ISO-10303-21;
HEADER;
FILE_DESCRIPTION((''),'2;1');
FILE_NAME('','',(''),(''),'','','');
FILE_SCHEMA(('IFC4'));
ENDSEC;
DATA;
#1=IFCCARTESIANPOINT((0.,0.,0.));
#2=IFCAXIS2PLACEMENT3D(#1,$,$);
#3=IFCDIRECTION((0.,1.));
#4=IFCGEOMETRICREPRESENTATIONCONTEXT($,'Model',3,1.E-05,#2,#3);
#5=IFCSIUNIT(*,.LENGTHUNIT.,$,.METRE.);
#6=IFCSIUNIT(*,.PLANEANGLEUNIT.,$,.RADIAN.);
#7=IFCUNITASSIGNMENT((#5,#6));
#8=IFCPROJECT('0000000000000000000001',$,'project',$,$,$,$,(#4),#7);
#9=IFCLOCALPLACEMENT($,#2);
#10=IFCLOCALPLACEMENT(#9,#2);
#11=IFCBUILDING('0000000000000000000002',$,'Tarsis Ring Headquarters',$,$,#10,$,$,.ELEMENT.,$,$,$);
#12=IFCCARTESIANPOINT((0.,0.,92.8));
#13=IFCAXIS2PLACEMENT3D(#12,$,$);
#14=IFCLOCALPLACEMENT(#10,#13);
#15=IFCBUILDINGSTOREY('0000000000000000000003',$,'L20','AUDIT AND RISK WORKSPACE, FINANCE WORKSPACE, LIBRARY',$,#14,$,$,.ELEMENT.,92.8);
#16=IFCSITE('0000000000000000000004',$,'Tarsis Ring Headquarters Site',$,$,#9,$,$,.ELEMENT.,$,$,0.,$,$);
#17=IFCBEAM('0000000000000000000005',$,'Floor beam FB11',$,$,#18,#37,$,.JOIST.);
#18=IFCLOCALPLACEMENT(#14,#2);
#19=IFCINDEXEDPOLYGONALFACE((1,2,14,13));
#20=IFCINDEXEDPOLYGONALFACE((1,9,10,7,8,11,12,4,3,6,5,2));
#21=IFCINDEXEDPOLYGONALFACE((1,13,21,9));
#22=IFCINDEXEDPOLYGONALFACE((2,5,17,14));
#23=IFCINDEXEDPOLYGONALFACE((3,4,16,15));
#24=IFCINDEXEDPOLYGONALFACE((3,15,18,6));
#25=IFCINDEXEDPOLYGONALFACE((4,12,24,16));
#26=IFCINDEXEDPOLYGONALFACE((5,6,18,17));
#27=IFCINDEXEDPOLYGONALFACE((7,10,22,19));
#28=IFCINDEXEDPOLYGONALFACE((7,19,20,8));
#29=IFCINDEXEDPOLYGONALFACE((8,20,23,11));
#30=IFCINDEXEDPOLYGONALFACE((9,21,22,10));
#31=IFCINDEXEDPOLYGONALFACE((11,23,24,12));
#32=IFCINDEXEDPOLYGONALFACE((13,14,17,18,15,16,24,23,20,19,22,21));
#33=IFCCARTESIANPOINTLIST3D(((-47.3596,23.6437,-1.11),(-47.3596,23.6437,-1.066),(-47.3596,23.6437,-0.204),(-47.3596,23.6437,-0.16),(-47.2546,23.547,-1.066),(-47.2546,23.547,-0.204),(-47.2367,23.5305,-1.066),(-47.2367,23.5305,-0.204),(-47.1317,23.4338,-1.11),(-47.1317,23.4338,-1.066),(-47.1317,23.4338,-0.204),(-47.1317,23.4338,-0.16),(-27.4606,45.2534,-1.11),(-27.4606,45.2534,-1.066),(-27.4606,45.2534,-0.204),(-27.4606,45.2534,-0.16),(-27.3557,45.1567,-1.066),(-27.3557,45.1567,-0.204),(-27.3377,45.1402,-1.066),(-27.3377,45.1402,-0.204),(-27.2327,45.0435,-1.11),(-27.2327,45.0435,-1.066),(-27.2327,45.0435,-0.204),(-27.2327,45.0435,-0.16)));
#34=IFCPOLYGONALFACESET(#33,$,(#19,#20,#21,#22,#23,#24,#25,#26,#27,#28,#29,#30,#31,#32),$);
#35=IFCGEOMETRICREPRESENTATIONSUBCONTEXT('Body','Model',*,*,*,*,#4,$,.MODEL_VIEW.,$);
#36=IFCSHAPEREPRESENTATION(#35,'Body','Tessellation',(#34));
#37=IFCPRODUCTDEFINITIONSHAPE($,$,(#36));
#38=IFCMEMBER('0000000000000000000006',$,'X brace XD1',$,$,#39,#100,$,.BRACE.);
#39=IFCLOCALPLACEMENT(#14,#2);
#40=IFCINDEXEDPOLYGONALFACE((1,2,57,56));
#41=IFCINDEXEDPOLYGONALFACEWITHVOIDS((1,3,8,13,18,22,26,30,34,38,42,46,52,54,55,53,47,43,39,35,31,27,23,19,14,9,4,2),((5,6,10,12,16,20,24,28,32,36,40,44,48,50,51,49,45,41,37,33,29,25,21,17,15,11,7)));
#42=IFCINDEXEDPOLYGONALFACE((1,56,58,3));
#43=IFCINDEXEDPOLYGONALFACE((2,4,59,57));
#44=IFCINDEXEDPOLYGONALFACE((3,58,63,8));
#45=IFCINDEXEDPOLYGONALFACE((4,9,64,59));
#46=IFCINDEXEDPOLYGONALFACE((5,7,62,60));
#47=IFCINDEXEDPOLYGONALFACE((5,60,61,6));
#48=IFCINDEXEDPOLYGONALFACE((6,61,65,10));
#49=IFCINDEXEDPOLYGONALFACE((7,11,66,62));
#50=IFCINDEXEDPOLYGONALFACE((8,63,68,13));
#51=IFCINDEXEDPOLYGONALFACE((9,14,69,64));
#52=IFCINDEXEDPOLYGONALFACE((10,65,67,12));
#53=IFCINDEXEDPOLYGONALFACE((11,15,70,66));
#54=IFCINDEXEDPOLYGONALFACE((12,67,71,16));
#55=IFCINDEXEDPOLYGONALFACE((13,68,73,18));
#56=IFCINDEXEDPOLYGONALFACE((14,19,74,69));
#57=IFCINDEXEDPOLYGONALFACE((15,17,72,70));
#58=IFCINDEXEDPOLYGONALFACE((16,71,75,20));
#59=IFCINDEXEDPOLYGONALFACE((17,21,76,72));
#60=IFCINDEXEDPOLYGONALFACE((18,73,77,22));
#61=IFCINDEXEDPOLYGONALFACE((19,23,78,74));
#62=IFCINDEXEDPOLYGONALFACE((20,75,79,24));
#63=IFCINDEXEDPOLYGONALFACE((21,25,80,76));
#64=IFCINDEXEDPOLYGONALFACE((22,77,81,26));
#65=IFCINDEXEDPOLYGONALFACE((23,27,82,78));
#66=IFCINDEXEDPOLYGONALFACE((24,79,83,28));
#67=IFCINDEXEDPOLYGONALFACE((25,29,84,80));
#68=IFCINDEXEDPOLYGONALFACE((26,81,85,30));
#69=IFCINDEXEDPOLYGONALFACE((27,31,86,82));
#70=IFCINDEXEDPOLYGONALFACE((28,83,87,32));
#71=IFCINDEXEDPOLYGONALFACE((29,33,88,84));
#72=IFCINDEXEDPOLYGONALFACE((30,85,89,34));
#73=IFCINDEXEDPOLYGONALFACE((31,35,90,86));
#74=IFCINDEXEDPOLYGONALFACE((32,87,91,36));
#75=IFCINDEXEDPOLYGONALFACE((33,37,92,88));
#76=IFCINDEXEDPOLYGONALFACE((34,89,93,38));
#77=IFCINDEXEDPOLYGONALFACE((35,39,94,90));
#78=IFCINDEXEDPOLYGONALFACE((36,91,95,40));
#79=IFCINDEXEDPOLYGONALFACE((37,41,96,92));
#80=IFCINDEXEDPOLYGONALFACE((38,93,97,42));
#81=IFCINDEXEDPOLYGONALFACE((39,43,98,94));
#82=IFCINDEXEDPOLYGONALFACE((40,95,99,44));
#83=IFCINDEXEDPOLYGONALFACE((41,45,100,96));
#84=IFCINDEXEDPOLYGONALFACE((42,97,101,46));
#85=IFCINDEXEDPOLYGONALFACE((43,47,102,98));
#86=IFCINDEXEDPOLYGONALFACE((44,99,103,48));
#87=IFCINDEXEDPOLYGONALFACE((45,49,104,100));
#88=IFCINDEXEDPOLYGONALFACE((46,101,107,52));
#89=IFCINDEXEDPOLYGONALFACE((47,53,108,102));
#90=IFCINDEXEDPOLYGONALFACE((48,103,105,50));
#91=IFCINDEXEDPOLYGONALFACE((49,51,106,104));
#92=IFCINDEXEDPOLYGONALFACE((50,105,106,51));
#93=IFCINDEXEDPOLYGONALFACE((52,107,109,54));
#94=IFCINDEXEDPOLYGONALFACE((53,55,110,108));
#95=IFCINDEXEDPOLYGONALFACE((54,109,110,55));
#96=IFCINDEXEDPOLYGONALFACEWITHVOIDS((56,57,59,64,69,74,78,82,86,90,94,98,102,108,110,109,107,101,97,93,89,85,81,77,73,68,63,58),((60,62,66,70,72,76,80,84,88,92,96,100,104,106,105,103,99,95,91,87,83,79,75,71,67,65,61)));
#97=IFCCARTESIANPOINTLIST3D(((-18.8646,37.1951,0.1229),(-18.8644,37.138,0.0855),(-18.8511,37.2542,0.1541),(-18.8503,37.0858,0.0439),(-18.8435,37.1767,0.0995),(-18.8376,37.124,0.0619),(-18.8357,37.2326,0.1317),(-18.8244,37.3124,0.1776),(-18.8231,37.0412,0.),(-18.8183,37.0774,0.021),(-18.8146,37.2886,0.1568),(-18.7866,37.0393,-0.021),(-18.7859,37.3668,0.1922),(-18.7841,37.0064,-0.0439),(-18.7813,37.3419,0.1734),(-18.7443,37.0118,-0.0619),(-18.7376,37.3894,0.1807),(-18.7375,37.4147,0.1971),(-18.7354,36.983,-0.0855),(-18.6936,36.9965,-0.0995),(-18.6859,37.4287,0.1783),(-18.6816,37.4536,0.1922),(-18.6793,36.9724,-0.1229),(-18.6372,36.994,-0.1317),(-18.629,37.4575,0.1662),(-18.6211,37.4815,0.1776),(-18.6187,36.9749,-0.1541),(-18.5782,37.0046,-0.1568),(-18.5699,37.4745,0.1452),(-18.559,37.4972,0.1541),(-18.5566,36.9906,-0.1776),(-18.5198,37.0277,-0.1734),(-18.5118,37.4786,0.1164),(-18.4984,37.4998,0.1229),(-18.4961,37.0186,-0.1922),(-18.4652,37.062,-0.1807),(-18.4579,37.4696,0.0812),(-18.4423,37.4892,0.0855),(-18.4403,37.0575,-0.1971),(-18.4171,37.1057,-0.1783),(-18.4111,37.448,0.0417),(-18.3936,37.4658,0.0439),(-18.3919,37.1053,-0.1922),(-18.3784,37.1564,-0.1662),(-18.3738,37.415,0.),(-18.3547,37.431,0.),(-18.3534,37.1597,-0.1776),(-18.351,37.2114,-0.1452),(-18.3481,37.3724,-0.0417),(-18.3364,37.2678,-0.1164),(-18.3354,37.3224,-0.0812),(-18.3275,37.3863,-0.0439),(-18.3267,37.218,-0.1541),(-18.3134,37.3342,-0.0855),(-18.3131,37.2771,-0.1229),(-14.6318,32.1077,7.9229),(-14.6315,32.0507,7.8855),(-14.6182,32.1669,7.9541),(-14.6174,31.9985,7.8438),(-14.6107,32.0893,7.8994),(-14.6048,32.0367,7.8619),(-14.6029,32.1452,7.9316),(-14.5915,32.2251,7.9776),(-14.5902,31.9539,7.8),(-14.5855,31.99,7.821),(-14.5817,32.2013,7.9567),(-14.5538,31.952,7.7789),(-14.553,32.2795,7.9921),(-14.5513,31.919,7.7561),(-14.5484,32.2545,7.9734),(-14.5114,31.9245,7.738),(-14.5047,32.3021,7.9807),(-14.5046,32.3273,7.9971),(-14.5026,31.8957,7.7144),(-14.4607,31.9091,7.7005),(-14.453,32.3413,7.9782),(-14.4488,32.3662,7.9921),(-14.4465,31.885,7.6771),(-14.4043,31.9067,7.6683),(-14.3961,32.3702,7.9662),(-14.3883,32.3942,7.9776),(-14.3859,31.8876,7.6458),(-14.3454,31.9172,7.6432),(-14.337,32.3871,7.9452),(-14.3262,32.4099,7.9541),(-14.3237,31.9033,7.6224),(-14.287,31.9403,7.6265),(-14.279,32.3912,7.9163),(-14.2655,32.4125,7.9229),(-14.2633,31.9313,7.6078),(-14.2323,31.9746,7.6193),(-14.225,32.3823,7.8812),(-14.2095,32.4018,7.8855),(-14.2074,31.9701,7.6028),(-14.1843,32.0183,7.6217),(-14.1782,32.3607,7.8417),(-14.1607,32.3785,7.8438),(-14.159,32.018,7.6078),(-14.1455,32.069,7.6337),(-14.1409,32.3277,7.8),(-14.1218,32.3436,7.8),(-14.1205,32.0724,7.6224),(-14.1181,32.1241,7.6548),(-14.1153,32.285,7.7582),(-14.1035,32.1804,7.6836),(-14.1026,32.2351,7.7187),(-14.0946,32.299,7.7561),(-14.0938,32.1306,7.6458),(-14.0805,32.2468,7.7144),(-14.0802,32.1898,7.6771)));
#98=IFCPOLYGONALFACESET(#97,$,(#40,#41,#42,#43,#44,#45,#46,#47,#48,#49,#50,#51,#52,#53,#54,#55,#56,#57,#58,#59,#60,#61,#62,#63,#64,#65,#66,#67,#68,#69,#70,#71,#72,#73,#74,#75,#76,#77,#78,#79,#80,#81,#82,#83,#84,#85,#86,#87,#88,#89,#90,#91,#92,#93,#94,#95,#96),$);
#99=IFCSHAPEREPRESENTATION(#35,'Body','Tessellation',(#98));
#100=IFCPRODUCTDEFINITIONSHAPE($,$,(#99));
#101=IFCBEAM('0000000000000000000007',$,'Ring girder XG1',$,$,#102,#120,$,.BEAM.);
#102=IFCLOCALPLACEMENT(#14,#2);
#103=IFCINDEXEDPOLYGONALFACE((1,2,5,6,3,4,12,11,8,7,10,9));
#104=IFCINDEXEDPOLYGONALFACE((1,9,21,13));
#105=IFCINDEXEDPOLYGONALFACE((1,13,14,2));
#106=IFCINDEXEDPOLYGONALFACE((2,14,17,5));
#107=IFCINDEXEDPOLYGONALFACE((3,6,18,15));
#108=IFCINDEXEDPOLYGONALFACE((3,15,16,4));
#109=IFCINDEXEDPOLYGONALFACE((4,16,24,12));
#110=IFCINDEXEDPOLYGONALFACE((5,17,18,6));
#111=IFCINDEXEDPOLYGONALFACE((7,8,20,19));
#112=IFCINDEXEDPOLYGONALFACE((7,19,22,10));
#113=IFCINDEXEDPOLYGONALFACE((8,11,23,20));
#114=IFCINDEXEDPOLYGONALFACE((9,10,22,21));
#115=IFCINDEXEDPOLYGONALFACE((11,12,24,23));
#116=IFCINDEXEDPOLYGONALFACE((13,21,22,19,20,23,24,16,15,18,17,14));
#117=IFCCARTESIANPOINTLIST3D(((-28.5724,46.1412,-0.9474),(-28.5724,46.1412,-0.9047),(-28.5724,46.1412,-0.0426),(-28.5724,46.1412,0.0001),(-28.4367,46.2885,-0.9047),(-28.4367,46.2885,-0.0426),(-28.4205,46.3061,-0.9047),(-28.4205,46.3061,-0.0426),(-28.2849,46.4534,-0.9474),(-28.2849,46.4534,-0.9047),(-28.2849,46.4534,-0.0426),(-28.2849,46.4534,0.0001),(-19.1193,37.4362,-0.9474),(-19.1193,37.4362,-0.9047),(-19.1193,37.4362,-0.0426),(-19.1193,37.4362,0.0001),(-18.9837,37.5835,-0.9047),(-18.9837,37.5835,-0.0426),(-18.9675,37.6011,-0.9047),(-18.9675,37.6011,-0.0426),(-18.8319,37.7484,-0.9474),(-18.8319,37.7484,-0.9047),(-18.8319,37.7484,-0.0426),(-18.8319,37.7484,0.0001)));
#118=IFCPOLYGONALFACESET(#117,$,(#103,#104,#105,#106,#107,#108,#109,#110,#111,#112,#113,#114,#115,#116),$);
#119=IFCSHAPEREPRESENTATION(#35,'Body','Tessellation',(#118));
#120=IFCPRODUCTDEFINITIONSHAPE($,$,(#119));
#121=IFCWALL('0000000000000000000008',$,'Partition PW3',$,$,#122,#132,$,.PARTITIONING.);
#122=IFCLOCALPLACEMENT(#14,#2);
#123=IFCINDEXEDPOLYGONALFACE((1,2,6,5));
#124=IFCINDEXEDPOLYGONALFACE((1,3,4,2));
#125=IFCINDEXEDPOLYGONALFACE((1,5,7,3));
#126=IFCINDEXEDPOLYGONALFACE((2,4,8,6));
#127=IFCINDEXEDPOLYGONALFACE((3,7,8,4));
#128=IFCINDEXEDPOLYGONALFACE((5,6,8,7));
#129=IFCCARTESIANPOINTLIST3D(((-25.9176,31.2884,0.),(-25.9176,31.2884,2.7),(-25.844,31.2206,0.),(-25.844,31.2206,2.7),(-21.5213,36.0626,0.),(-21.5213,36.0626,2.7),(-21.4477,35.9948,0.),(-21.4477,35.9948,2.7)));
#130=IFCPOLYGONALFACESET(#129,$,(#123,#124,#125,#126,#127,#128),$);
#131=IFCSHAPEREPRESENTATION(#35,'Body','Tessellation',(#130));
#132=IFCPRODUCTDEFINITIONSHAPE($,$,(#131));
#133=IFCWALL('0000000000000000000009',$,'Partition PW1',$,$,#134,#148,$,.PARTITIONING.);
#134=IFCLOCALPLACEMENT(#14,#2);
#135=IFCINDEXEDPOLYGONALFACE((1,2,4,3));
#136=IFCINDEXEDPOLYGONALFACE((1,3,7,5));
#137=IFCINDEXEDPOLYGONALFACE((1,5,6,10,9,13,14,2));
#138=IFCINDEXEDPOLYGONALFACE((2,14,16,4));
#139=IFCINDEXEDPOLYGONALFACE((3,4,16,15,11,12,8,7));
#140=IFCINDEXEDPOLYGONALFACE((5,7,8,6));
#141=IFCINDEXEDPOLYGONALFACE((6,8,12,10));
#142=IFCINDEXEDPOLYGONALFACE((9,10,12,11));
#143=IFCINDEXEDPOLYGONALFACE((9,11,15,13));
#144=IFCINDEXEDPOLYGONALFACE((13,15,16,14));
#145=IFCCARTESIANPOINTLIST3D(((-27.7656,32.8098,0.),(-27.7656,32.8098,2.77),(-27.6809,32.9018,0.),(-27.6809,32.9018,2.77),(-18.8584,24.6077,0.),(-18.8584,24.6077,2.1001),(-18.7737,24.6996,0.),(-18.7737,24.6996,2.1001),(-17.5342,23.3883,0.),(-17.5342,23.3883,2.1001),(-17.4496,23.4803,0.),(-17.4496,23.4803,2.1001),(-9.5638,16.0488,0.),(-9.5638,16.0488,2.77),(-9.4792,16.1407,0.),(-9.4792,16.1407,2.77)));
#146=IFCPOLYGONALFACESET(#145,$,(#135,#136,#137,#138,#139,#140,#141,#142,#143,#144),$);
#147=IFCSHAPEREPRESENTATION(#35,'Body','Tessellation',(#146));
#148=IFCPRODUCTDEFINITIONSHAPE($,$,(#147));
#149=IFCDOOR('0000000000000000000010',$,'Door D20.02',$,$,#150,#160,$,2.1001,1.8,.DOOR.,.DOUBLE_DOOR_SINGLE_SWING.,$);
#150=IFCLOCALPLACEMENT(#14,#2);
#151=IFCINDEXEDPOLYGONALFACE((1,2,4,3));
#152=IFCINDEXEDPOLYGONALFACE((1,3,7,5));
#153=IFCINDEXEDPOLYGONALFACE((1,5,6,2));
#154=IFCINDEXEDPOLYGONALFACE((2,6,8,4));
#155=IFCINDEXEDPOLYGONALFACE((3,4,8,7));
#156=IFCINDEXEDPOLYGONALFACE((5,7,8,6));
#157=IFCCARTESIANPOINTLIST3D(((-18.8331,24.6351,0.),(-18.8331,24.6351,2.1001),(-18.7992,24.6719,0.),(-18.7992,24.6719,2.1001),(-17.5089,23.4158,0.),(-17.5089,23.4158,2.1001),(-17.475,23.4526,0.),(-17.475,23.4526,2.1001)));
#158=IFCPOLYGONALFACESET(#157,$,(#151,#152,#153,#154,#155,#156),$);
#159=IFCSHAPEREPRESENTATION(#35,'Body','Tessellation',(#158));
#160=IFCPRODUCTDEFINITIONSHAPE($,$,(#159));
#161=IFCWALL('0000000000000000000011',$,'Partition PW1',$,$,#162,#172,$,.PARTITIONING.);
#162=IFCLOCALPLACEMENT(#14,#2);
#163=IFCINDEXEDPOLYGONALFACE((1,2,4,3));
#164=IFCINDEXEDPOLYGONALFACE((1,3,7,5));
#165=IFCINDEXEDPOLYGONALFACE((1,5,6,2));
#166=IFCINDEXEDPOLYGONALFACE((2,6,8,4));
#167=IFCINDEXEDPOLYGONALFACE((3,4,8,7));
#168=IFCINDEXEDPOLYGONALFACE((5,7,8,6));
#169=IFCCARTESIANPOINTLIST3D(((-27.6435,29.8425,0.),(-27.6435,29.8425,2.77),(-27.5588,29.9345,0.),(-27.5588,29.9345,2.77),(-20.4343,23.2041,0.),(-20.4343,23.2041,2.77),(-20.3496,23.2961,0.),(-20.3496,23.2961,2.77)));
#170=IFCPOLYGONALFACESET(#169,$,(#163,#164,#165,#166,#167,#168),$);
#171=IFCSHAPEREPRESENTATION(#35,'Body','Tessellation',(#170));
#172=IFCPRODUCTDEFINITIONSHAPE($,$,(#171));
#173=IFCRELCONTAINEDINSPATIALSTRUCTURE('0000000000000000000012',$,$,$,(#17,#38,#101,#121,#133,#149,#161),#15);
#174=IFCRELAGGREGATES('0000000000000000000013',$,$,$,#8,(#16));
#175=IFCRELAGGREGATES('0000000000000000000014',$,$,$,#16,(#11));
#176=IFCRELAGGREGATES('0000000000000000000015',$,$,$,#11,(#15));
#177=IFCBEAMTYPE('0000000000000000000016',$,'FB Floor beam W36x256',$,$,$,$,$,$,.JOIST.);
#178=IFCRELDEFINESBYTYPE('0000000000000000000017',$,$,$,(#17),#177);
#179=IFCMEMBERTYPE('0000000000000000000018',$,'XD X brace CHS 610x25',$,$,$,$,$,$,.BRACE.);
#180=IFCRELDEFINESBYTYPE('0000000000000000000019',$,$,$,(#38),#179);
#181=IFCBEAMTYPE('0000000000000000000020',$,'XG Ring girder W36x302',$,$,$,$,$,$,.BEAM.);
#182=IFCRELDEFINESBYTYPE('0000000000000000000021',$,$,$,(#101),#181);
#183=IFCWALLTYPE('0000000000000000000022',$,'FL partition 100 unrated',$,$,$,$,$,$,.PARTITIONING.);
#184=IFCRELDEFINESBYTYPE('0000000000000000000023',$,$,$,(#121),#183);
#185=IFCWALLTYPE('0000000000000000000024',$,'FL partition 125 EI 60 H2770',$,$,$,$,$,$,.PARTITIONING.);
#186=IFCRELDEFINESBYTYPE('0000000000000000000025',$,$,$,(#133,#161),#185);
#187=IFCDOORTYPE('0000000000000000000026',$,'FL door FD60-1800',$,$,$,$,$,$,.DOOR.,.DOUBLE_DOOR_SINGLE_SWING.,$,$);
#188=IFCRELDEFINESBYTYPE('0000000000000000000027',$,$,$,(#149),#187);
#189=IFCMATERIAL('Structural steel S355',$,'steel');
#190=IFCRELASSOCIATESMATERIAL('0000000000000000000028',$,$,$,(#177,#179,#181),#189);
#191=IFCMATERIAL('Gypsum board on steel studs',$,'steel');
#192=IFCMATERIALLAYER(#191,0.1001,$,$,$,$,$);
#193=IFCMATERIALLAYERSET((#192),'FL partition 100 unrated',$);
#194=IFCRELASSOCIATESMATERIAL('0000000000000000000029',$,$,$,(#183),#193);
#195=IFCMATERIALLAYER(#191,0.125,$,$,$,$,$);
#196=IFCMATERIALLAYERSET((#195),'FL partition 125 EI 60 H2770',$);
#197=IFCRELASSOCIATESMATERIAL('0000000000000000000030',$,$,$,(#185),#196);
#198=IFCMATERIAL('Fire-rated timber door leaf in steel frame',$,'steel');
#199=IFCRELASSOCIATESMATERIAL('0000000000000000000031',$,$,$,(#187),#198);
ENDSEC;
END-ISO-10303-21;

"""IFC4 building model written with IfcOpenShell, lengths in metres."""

from ifc_helpers import new_model, si_unit, direction, frame, frame_2d, origin, origin_2d, place, context, subcontext, project, spatial, rectangle, hollow_circle, i_section, extrude, material, layer, layer_set, material_profile, profile_set, type_object, element, fill, save


model = new_model("IFC4")

# Units and contexts
model_context = context("Model", 3, precision=1e-05, world=origin(), true_north=direction((0.0, 1.0)))
body_context = subcontext(model_context, "Body", "Model", "MODEL_VIEW")
ifc_project = project(units=[si_unit("LENGTHUNIT", "METRE"), si_unit("PLANEANGLEUNIT", "RADIAN")], contexts=[model_context])

# Site, building, storey
site_placement = place(None, origin())
site = spatial("IfcSite", under=ifc_project, at=site_placement, Name="Tarsis Ring Headquarters Site", CompositionType="ELEMENT", RefElevation=0.0)
building_placement = place(site_placement, origin())
building = spatial("IfcBuilding", under=site, at=building_placement, Name="Tarsis Ring Headquarters", CompositionType="ELEMENT")
storey_placement = place(building_placement, frame((0.0, 0.0, 92.8)))
storey = spatial("IfcBuildingStorey", under=building, at=storey_placement, Name="L20", Description="AUDIT AND RISK WORKSPACE, FINANCE WORKSPACE, LIBRARY", CompositionType="ELEMENT", Elevation=92.8)

# Shared definitions
ifc_material_1 = material(Name="Structural steel S355", Category="steel")

# Beam
ifc_material_profile_1 = material_profile(ifc_material_1, i_section(OverallWidth=0.3098, OverallDepth=0.95, WebThickness=0.0244, FlangeThickness=0.0439, at=origin_2d()), Name="W36x256")
ifc_profile_set_1 = profile_set([ifc_material_profile_1], Name="Structural steel S355")
beam_type_1 = type_object("IfcBeamType", Name="FB Floor beam W36x256", PredefinedType="JOIST", material=ifc_profile_set_1)
for number, where, z_axis, x_axis, name in (
    (1, (-27.3467, 45.1484, -0.635), (-0.67739, -0.735624, 0.0), (0.735624, -0.67739, 0.0), "Floor beam FB11"),
):
    element("IfcBeam", number, at=place(storey_placement, frame(where, z_axis=z_axis, x_axis=x_axis)), inside=storey, type_object=beam_type_1, Name=name, PredefinedType="JOIST", context=body_context, shape_type="SweptSolid", body=[
        extrude(i_section(OverallWidth=0.3098, OverallDepth=0.95, WebThickness=0.0244, FlangeThickness=0.0439, at=origin_2d()), origin(), (0.0, 0.0, 1.0), 29.376),
    ])

# Member
ifc_material_profile_2 = material_profile(ifc_material_1, hollow_circle(Radius=0.3047, WallThickness=0.0249, at=origin_2d()), Name="CHS 610x25")
ifc_profile_set_2 = profile_set([ifc_material_profile_2], Name="Structural steel S355")
member_type = type_object("IfcMemberType", Name="XD X brace CHS 610x25", PredefinedType="BRACE", material=ifc_profile_set_2)
member_placement = place(storey_placement, frame((-18.5889, 37.2361, 0.0), z_axis=(0.4138, -0.497333, 0.762515), x_axis=(0.768711, 0.639596, 0.0)))
element("IfcMember", 2, at=member_placement, inside=storey, type_object=member_type, Name="X brace XD1", PredefinedType="BRACE", context=body_context, shape_type="SweptSolid", body=[
    extrude(hollow_circle(Radius=0.3047, WallThickness=0.0249, at=origin_2d()), origin(), (0.0, 0.0, 1.0), 10.2292),
])

# Beam
ifc_material_profile_3 = material_profile(ifc_material_1, i_section(OverallWidth=0.4243, OverallDepth=0.9475, WebThickness=0.0239, FlangeThickness=0.0427, at=origin_2d()), Name="W36x302")
ifc_profile_set_3 = profile_set([ifc_material_profile_3], Name="Structural steel S355")
beam_type_2 = type_object("IfcBeamType", Name="XG Ring girder W36x302", PredefinedType="BEAM", material=ifc_profile_set_3)
beam_1_placement = place(storey_placement, frame((-18.9756, 37.5923, -0.4736), z_axis=(-0.735613, 0.677402, 0.0), x_axis=(-0.677402, -0.735613, 0.0)))
element("IfcBeam", 3, at=beam_1_placement, inside=storey, type_object=beam_type_2, Name="Ring girder XG1", PredefinedType="BEAM", context=body_context, shape_type="SweptSolid", body=[
    extrude(i_section(OverallWidth=0.4243, OverallDepth=0.9475, WebThickness=0.0239, FlangeThickness=0.0427, at=origin_2d()), origin(), (0.0, 0.0, 1.0), 12.8506),
])

# Wall
ifc_material_2 = material(Name="Gypsum board on steel studs", Category="steel")
ifc_layer_1 = layer(ifc_material_2, 0.1001)
ifc_layer_set_1 = layer_set([ifc_layer_1], Name="FL partition 100 unrated")
wall_type_1 = type_object("IfcWallType", Name="FL partition 100 unrated", PredefinedType="PARTITIONING", material=ifc_layer_set_1)
wall_1_placement = place(storey_placement, frame((-25.8809, 31.2544, 0.0), z_axis=(0.0, 0.0, 1.0), x_axis=(0.677391, 0.735624, 0.0)))
element("IfcWall", 4, at=wall_1_placement, inside=storey, type_object=wall_type_1, Name="Partition PW3", PredefinedType="PARTITIONING", context=body_context, shape_type="SweptSolid", body=[
    extrude(rectangle(XDim=6.49, YDim=0.1001, at=frame_2d((3.2451, 0.0))), origin(), (0.0, 0.0, 1.0), 2.7),
])

# Wall, opening, door
ifc_layer_2 = layer(ifc_material_2, 0.125)
ifc_layer_set_2 = layer_set([ifc_layer_2], Name="FL partition 125 EI 60 H2770")
wall_type_2 = type_object("IfcWallType", Name="FL partition 125 EI 60 H2770", PredefinedType="PARTITIONING", material=ifc_layer_set_2)
wall_2_placement = place(storey_placement, frame((-27.7231, 32.8557, 0.0), z_axis=(0.0, 0.0, 1.0), x_axis=(0.73562, -0.677395, 0.0)))
wall_2 = element("IfcWall", 5, at=wall_2_placement, inside=storey, type_object=wall_type_2, Name="Partition PW1", PredefinedType="PARTITIONING", context=body_context, shape_type="SweptSolid", body=[
    extrude(rectangle(XDim=24.7434, YDim=0.125, at=frame_2d((12.3716, 0.0))), origin(), (0.0, 0.0, 1.0), 2.77),
])
opening_placement = place(wall_2_placement, frame((12.1084, 0.0, 0.0)))
opening = element("IfcOpeningElement", 6, at=opening_placement, cuts=wall_2, PredefinedType="OPENING", context=body_context, shape_type="SweptSolid", body=[
    extrude(rectangle(XDim=1.8, YDim=2.1001, at=frame_2d((0.8999, 1.05))), frame((0.0, 0.0725, 0.0), z_axis=(0.0, -1.0, 0.0), x_axis=(1.0, 0.0, 0.0)), (0.0, 0.0, 1.0), 0.145),
])
ifc_material_3 = material(Name="Fire-rated timber door leaf in steel frame", Category="steel")
door_type = type_object("IfcDoorType", Name="FL door FD60-1800", OperationType="DOUBLE_DOOR_SINGLE_SWING", PredefinedType="DOOR", material=ifc_material_3)
door_placement = place(opening_placement, origin())
door = element("IfcDoor", 7, at=door_placement, inside=storey, type_object=door_type, Name="Door D20.02", OperationType="DOUBLE_DOOR_SINGLE_SWING", OverallHeight=2.1001, OverallWidth=1.8, PredefinedType="DOOR", context=body_context, shape_type="SweptSolid", body=[
    extrude(rectangle(XDim=1.8, YDim=2.1001, at=frame_2d((0.8999, 1.05))), frame((0.0, 0.0249, 0.0), z_axis=(0.0, -1.0, 0.0), x_axis=(1.0, 0.0, 0.0)), (0.0, 0.0, 1.0), 0.05),
])
fill(opening, door)

# Wall
wall_3_placement = place(storey_placement, frame((-27.6011, 29.8884, 0.0), z_axis=(0.0, 0.0, 1.0), x_axis=(0.735629, -0.677385, 0.0)))
element("IfcWall", 8, at=wall_3_placement, inside=storey, type_object=wall_type_2, Name="Partition PW1", PredefinedType="PARTITIONING", context=body_context, shape_type="SweptSolid", body=[
    extrude(rectangle(XDim=9.8, YDim=0.125, at=frame_2d((4.8999, 0.0))), origin(), (0.0, 0.0, 1.0), 2.77),
])

save(model, "model.ifc")
